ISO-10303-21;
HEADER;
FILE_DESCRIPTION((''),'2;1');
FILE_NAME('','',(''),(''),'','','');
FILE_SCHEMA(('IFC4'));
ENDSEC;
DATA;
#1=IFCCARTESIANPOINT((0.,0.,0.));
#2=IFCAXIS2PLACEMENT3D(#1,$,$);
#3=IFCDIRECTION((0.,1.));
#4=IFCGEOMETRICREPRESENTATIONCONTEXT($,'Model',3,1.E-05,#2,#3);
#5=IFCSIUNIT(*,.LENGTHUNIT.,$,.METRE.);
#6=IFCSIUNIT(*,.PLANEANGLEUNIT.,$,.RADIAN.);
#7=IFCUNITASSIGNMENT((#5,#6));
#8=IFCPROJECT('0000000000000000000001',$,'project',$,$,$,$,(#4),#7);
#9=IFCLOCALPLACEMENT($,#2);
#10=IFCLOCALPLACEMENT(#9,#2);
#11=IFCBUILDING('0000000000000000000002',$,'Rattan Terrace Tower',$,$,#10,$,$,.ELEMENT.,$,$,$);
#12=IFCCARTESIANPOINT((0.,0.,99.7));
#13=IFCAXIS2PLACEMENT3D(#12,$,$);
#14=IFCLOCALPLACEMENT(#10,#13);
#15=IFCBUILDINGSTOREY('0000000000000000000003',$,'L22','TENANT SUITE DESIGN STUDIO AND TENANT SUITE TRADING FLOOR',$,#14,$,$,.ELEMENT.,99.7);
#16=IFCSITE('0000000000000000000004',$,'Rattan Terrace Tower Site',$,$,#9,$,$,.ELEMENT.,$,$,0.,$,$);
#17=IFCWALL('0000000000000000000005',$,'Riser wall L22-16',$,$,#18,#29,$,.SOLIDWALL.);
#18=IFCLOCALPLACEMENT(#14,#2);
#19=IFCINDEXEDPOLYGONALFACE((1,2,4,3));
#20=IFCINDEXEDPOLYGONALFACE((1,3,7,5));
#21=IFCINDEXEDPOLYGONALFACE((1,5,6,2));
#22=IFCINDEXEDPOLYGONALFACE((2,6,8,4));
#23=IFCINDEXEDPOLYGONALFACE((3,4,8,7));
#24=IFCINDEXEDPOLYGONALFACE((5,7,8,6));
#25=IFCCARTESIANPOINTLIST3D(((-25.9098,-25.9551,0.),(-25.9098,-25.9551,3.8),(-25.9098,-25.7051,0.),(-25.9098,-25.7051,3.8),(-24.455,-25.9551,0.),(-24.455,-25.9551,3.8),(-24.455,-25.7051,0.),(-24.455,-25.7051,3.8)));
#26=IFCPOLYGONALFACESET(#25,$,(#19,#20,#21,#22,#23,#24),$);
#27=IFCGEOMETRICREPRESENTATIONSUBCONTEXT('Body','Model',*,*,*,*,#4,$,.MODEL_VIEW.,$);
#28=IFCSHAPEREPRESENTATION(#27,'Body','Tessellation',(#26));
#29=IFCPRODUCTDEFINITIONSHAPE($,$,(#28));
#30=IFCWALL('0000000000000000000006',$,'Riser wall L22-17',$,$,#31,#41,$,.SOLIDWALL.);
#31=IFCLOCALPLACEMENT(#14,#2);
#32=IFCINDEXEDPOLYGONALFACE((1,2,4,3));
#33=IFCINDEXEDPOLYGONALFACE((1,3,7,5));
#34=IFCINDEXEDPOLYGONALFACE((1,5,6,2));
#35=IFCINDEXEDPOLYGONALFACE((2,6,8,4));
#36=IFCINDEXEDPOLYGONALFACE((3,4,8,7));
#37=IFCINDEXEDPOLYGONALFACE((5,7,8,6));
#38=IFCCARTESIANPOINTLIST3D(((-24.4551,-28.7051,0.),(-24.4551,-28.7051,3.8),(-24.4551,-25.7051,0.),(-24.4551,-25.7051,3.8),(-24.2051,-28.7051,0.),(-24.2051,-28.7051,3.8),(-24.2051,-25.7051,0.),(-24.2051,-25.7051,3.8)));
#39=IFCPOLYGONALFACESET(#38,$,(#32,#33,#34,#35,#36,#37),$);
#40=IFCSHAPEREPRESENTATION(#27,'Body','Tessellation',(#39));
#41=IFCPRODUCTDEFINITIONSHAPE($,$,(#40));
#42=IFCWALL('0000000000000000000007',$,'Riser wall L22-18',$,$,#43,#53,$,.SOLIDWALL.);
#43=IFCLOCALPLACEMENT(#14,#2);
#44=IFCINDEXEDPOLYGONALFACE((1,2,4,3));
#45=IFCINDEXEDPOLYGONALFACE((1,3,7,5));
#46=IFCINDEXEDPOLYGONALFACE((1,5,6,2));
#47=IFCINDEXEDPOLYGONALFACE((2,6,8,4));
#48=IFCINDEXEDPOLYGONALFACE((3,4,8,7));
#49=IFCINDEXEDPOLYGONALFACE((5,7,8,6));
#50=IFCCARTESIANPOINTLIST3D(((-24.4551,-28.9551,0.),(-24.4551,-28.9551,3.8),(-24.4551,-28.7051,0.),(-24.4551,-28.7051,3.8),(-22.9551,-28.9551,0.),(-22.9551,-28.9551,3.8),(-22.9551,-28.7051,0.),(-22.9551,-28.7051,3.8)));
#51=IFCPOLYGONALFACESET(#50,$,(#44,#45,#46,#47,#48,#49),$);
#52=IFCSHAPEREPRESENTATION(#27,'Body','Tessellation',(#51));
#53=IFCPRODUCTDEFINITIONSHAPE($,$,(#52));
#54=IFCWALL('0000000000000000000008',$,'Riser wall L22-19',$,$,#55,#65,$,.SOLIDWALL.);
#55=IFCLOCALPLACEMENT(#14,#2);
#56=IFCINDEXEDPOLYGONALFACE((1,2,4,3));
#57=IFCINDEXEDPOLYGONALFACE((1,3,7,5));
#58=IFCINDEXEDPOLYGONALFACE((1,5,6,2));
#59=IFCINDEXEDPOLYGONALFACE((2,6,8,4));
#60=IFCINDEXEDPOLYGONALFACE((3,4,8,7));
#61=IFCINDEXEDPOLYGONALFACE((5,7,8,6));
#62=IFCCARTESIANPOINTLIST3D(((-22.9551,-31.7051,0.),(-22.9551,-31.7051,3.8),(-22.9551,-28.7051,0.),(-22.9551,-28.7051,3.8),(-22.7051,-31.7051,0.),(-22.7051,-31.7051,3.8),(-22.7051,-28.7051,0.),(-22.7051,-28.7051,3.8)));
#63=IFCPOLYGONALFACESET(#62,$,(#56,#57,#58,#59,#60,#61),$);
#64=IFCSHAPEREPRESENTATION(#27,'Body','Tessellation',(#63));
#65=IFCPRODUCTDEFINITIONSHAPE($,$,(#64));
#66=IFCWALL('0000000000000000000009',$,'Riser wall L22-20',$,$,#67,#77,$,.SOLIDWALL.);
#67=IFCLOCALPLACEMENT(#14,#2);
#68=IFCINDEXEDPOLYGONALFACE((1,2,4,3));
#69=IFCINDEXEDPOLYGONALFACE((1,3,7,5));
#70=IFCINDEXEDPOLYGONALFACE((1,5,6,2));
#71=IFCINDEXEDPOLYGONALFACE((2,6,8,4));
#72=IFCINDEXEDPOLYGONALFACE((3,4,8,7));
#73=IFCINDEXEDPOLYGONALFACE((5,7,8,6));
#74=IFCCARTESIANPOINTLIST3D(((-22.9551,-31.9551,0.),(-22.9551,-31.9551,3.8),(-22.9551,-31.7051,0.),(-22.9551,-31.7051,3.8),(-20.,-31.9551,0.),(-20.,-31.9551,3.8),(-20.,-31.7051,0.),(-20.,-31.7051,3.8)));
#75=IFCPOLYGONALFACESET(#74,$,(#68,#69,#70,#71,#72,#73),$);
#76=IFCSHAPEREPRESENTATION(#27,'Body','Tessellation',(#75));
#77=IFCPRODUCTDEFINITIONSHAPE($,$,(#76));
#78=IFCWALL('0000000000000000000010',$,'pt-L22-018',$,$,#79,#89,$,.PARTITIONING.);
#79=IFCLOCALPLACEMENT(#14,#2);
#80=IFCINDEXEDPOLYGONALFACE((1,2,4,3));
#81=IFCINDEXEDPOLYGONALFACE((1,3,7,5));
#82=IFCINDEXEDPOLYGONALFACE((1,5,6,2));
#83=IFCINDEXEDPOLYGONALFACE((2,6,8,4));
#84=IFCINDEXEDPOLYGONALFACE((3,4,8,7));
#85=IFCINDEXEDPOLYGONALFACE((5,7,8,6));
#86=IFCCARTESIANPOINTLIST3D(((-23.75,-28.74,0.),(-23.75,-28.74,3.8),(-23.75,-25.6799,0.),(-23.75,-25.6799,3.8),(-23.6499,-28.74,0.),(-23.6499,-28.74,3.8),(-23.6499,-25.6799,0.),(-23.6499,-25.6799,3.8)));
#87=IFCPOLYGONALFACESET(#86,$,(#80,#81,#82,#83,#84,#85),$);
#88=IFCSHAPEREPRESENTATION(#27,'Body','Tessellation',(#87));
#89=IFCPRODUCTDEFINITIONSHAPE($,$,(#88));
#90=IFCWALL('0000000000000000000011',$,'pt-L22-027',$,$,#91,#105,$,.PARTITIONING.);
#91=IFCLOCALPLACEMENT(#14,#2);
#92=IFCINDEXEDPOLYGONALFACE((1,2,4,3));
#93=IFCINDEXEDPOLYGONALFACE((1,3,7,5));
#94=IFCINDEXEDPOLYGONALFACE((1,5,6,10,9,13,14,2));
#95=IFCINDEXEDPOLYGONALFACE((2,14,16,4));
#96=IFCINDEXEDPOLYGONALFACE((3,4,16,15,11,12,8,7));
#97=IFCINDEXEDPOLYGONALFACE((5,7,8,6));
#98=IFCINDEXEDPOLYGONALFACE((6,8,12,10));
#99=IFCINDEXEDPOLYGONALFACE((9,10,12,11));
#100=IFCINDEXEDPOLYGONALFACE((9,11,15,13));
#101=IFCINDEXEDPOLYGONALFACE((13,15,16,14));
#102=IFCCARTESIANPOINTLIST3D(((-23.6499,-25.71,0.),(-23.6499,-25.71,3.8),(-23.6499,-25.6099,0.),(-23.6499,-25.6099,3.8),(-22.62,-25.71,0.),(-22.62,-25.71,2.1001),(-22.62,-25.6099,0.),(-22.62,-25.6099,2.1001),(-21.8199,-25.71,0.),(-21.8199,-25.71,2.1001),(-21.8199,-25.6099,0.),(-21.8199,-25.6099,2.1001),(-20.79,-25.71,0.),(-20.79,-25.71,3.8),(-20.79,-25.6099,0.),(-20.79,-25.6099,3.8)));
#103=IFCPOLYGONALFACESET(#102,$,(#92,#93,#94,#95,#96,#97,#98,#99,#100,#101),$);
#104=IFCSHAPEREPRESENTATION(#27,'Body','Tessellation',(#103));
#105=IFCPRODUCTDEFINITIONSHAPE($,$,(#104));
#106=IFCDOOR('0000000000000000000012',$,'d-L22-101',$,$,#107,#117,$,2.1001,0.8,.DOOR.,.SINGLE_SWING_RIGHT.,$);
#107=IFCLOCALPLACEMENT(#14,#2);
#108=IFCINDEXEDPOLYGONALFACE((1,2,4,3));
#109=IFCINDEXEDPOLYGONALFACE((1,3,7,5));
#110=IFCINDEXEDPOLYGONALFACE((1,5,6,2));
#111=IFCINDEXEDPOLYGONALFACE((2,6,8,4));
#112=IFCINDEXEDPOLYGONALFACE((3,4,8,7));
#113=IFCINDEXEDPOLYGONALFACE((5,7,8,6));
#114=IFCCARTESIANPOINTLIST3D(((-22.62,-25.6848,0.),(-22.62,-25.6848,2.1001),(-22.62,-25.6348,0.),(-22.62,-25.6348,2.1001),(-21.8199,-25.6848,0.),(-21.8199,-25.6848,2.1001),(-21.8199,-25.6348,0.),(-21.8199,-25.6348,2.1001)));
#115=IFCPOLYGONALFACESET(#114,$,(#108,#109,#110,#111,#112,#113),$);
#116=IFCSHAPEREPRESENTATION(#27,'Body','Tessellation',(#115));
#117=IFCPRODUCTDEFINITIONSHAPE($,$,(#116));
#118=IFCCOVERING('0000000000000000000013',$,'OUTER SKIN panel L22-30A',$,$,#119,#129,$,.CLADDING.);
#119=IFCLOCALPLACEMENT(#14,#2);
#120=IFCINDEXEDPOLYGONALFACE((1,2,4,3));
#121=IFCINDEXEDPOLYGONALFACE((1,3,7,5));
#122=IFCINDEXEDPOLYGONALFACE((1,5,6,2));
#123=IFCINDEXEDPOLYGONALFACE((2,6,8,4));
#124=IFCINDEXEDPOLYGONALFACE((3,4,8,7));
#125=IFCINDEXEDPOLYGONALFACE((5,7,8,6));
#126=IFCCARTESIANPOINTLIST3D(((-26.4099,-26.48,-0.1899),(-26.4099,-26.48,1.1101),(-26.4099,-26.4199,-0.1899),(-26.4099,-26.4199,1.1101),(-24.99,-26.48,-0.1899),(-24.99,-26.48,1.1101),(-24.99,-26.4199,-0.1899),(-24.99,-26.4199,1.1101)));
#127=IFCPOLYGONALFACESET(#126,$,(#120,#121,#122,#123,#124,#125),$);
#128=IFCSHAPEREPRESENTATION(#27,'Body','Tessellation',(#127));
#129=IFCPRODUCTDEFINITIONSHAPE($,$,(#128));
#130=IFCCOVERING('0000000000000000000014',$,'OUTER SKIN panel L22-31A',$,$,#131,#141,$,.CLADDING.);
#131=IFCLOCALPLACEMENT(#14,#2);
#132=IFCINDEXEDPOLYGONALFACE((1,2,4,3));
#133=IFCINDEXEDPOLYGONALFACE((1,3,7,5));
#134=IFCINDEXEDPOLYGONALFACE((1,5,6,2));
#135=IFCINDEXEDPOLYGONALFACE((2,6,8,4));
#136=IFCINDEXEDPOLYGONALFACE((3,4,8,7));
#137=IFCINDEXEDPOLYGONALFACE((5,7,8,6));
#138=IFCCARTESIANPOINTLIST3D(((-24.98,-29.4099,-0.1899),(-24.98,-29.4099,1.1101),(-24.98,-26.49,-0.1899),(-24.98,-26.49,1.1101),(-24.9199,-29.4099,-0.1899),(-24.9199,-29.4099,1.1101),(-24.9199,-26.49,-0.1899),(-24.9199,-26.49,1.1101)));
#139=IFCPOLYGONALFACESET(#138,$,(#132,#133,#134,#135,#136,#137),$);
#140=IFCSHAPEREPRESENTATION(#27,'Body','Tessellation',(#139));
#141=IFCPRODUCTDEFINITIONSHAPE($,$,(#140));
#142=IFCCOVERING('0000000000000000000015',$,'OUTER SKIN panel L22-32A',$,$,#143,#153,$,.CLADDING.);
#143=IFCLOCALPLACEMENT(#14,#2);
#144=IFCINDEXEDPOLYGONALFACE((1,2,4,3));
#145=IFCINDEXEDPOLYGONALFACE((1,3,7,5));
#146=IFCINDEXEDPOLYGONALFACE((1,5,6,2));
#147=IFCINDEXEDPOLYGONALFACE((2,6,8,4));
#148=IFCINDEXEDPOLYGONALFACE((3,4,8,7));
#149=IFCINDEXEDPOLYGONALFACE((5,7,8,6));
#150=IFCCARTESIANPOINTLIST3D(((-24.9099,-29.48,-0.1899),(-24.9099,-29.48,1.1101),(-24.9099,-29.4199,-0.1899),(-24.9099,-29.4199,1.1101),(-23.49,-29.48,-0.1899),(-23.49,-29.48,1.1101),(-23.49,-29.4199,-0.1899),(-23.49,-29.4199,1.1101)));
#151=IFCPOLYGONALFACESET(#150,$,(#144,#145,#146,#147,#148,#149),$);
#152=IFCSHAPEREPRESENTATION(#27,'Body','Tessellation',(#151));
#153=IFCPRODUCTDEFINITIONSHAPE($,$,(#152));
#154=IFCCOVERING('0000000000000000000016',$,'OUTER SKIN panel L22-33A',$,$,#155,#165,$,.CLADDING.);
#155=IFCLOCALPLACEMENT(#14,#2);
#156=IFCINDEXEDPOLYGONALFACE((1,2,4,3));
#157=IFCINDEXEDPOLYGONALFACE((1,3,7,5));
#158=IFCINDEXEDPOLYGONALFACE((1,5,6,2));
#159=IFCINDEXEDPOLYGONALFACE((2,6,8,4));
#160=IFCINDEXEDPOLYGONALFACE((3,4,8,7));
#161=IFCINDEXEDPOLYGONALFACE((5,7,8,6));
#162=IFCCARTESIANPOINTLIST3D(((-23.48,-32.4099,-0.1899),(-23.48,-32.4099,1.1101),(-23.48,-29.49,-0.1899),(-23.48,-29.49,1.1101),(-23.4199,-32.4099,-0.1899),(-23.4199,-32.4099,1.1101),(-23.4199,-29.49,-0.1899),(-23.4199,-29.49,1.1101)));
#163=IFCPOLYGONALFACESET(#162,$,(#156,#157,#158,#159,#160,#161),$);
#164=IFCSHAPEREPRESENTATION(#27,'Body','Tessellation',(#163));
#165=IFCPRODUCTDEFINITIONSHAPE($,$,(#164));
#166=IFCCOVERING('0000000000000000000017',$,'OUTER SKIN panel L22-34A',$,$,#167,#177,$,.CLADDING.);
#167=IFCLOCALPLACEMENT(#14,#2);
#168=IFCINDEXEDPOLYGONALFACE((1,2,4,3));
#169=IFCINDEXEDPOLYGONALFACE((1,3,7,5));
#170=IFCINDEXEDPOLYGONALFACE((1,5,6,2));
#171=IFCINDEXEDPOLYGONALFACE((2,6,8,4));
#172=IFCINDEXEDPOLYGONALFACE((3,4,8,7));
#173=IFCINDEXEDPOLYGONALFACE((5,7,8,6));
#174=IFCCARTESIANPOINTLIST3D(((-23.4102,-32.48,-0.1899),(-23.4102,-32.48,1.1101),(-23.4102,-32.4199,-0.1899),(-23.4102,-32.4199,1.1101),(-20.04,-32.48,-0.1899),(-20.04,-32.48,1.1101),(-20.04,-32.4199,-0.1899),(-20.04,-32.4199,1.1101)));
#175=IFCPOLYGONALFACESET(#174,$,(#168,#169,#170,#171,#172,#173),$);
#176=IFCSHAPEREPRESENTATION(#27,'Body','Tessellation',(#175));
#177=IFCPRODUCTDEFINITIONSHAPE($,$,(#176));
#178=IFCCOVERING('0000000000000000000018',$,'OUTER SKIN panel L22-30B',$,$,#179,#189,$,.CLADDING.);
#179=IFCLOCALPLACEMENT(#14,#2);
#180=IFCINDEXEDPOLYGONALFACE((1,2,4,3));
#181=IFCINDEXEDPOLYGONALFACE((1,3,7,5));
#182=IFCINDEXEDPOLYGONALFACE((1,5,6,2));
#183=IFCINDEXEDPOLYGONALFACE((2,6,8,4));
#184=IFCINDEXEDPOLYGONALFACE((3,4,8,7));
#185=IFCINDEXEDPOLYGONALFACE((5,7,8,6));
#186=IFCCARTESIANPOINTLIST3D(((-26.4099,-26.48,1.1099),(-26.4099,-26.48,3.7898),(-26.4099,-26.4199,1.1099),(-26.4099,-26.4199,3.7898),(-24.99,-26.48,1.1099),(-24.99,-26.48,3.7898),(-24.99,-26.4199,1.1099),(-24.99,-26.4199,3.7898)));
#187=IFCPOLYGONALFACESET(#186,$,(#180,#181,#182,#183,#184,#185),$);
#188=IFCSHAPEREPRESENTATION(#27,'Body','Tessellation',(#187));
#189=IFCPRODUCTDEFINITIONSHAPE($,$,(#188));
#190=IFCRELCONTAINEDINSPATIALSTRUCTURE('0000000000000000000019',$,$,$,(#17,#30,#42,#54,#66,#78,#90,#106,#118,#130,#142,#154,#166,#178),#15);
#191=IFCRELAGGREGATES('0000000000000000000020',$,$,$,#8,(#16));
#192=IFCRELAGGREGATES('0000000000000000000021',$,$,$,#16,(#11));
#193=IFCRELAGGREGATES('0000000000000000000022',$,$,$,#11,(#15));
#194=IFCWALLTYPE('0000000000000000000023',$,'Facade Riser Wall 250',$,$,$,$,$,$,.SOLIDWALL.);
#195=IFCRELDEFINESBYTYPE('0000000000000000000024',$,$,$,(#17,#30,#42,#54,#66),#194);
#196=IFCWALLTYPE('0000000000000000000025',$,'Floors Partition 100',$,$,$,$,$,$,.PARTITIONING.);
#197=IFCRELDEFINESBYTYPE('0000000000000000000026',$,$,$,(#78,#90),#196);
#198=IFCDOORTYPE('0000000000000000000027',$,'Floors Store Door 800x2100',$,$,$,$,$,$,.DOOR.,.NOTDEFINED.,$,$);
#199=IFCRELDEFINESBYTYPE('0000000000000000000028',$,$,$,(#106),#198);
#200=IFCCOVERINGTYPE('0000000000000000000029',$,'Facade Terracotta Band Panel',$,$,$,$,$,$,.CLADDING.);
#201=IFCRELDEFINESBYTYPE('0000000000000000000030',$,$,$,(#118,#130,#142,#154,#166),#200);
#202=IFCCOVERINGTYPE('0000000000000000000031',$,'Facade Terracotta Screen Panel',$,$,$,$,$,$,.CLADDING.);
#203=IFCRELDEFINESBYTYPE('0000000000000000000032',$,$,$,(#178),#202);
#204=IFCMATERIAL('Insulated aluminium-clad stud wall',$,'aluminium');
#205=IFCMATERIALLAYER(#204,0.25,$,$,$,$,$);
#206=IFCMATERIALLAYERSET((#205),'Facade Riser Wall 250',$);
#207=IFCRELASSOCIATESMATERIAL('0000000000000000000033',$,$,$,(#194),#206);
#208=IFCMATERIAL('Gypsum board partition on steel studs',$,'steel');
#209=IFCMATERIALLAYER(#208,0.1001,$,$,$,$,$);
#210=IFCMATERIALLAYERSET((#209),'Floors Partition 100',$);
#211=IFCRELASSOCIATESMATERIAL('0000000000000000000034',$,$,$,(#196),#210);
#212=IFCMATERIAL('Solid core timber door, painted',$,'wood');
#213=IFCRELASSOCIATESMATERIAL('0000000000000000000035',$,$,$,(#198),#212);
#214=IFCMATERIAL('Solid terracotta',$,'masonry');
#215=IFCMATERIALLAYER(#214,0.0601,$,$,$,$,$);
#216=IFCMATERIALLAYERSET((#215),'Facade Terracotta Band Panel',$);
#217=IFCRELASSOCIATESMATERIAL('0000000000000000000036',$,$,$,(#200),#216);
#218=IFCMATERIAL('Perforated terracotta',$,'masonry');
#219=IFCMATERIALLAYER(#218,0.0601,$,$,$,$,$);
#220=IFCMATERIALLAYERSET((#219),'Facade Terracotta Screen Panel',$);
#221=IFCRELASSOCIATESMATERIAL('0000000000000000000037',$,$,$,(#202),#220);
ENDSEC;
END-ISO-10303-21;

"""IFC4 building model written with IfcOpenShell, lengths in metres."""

from ifc_helpers import new_model, si_unit, direction, frame, frame_2d, origin, origin_2d, place, context, subcontext, project, spatial, rectangle, extrude, material, layer, layer_set, type_object, element, fill, save


model = new_model("IFC4")

# Units and contexts
model_context = context("Model", 3, precision=1e-05, world=origin(), true_north=direction((0.0, 1.0)))
body_context = subcontext(model_context, "Body", "Model", "MODEL_VIEW")
ifc_project = project(units=[si_unit("LENGTHUNIT", "METRE"), si_unit("PLANEANGLEUNIT", "RADIAN")], contexts=[model_context])

# Site, building, storey
site_placement = place(None, origin())
site = spatial("IfcSite", under=ifc_project, at=site_placement, Name="Rattan Terrace Tower Site", CompositionType="ELEMENT", RefElevation=0.0)
building_placement = place(site_placement, origin())
building = spatial("IfcBuilding", under=site, at=building_placement, Name="Rattan Terrace Tower", CompositionType="ELEMENT")
storey_placement = place(building_placement, frame((0.0, 0.0, 99.7)))
storey = spatial("IfcBuildingStorey", under=building, at=storey_placement, Name="L22", Description="TENANT SUITE DESIGN STUDIO AND TENANT SUITE TRADING FLOOR", CompositionType="ELEMENT", Elevation=99.7)

# Walls
ifc_material_1 = material(Name="Insulated aluminium-clad stud wall", Category="aluminium")
ifc_layer_1 = layer(ifc_material_1, 0.25)
ifc_layer_set_1 = layer_set([ifc_layer_1], Name="Facade Riser Wall 250")
wall_type_1 = type_object("IfcWallType", Name="Facade Riser Wall 250", PredefinedType="SOLIDWALL", material=ifc_layer_set_1)
wall_1_placement = place(storey_placement, frame((-25.9099, -25.8301, 0.0), z_axis=(0.0, 0.0, 1.0), x_axis=(1.0, 0.0, 0.0)))
element("IfcWall", 1, at=wall_1_placement, inside=storey, type_object=wall_type_1, Name="Riser wall L22-16", PredefinedType="SOLIDWALL", context=body_context, shape_type="SweptSolid", body=[
    extrude(rectangle(XDim=1.4548, YDim=0.25, at=frame_2d((0.7275, 0.0))), origin(), (0.0, 0.0, 1.0), 3.8),
])
wall_2_placement = place(storey_placement, frame((-24.3301, -25.7051, 0.0), z_axis=(0.0, 0.0, 1.0), x_axis=(0.0, -1.0, 0.0)))
element("IfcWall", 2, at=wall_2_placement, inside=storey, type_object=wall_type_1, Name="Riser wall L22-17", PredefinedType="SOLIDWALL", context=body_context, shape_type="SweptSolid", body=[
    extrude(rectangle(XDim=3.0, YDim=0.25, at=frame_2d((1.5, 0.0))), origin(), (0.0, 0.0, 1.0), 3.8),
])
wall_3_placement = place(storey_placement, frame((-24.4551, -28.8301, 0.0), z_axis=(0.0, 0.0, 1.0), x_axis=(1.0, 0.0, 0.0)))
element("IfcWall", 3, at=wall_3_placement, inside=storey, type_object=wall_type_1, Name="Riser wall L22-18", PredefinedType="SOLIDWALL", context=body_context, shape_type="SweptSolid", body=[
    extrude(rectangle(XDim=1.5, YDim=0.25, at=frame_2d((0.75, 0.0))), origin(), (0.0, 0.0, 1.0), 3.8),
])
wall_4_placement = place(storey_placement, frame((-22.8301, -28.7051, 0.0), z_axis=(0.0, 0.0, 1.0), x_axis=(0.0, -1.0, 0.0)))
element("IfcWall", 4, at=wall_4_placement, inside=storey, type_object=wall_type_1, Name="Riser wall L22-19", PredefinedType="SOLIDWALL", context=body_context, shape_type="SweptSolid", body=[
    extrude(rectangle(XDim=3.0, YDim=0.25, at=frame_2d((1.5, 0.0))), origin(), (0.0, 0.0, 1.0), 3.8),
])
wall_5_placement = place(storey_placement, frame((-22.9551, -31.8301, 0.0), z_axis=(0.0, 0.0, 1.0), x_axis=(1.0, 0.0, 0.0)))
element("IfcWall", 5, at=wall_5_placement, inside=storey, type_object=wall_type_1, Name="Riser wall L22-20", PredefinedType="SOLIDWALL", context=body_context, shape_type="SweptSolid", body=[
    extrude(rectangle(XDim=2.9551, YDim=0.25, at=frame_2d((1.4775, 0.0))), origin(), (0.0, 0.0, 1.0), 3.8),
])
ifc_material_2 = material(Name="Gypsum board partition on steel studs", Category="steel")
ifc_layer_2 = layer(ifc_material_2, 0.1001)
ifc_layer_set_2 = layer_set([ifc_layer_2], Name="Floors Partition 100")
wall_type_2 = type_object("IfcWallType", Name="Floors Partition 100", PredefinedType="PARTITIONING", material=ifc_layer_set_2)
wall_6_placement = place(storey_placement, frame((-23.7, -25.6799, 0.0), z_axis=(0.0, 0.0, 1.0), x_axis=(0.0, -1.0, 0.0)))
element("IfcWall", 6, at=wall_6_placement, inside=storey, type_object=wall_type_2, Name="pt-L22-018", PredefinedType="PARTITIONING", context=body_context, shape_type="SweptSolid", body=[
    extrude(rectangle(XDim=3.0601, YDim=0.1001, at=frame_2d((1.53, 0.0))), origin(), (0.0, 0.0, 1.0), 3.8),
])

# Wall, opening, door
wall_7_placement = place(storey_placement, frame((-20.79, -25.6599, 0.0), z_axis=(0.0, 0.0, 1.0), x_axis=(-1.0, 0.0, 0.0)))
wall_7 = element("IfcWall", 7, at=wall_7_placement, inside=storey, type_object=wall_type_2, Name="pt-L22-027", PredefinedType="PARTITIONING", context=body_context, shape_type="SweptSolid", body=[
    extrude(rectangle(XDim=2.8599, YDim=0.1001, at=frame_2d((1.4299, 0.0))), origin(), (0.0, 0.0, 1.0), 3.8),
])
opening_placement = place(wall_7_placement, frame((1.03, 0.0, 0.0)))
opening = element("IfcOpeningElement", 8, at=opening_placement, cuts=wall_7, PredefinedType="OPENING", context=body_context, shape_type="SweptSolid", body=[
    extrude(rectangle(XDim=0.8, YDim=2.1001, at=frame_2d((0.3999, 1.05))), frame((0.0, 0.0605, 0.0), z_axis=(0.0, -1.0, 0.0), x_axis=(1.0, 0.0, 0.0)), (0.0, 0.0, 1.0), 0.1211),
])
ifc_material_3 = material(Name="Solid core timber door, painted", Category="wood")
door_type = type_object("IfcDoorType", Name="Floors Store Door 800x2100", OperationType="NOTDEFINED", PredefinedType="DOOR", material=ifc_material_3)
door_placement = place(opening_placement, origin())
door = element("IfcDoor", 9, at=door_placement, inside=storey, type_object=door_type, Name="d-L22-101", OperationType="SINGLE_SWING_RIGHT", OverallHeight=2.1001, OverallWidth=0.8, PredefinedType="DOOR", context=body_context, shape_type="SweptSolid", body=[
    extrude(rectangle(XDim=0.8, YDim=2.1001, at=frame_2d((0.3999, 1.05))), frame((0.0, 0.0249, 0.0), z_axis=(0.0, -1.0, 0.0), x_axis=(1.0, 0.0, 0.0)), (0.0, 0.0, 1.0), 0.05),
])
fill(opening, door)

# Coverings
ifc_material_4 = material(Name="Solid terracotta", Category="masonry")
ifc_layer_3 = layer(ifc_material_4, 0.0601)
ifc_layer_set_3 = layer_set([ifc_layer_3], Name="Facade Terracotta Band Panel")
covering_type_1 = type_object("IfcCoveringType", Name="Facade Terracotta Band Panel", PredefinedType="CLADDING", material=ifc_layer_set_3)
covering_1_placement = place(storey_placement, frame((-25.7, -26.45, -0.1899), z_axis=(0.0, 0.0, 1.0), x_axis=(1.0, 0.0, 0.0)))
element("IfcCovering", 10, at=covering_1_placement, inside=storey, type_object=covering_type_1, Name="OUTER SKIN panel L22-30A", PredefinedType="CLADDING", context=body_context, shape_type="SweptSolid", body=[
    extrude(rectangle(XDim=1.4199, YDim=0.0601, at=origin_2d()), origin(), (0.0, 0.0, 1.0), 1.3),
])
covering_2_placement = place(storey_placement, frame((-24.95, -27.95, -0.1899), z_axis=(0.0, 0.0, 1.0), x_axis=(0.0, -1.0, 0.0)))
element("IfcCovering", 11, at=covering_2_placement, inside=storey, type_object=covering_type_1, Name="OUTER SKIN panel L22-31A", PredefinedType="CLADDING", context=body_context, shape_type="SweptSolid", body=[
    extrude(rectangle(XDim=2.9199, YDim=0.0601, at=origin_2d()), origin(), (0.0, 0.0, 1.0), 1.3),
])
covering_3_placement = place(storey_placement, frame((-24.2, -29.45, -0.1899), z_axis=(0.0, 0.0, 1.0), x_axis=(1.0, 0.0, 0.0)))
element("IfcCovering", 12, at=covering_3_placement, inside=storey, type_object=covering_type_1, Name="OUTER SKIN panel L22-32A", PredefinedType="CLADDING", context=body_context, shape_type="SweptSolid", body=[
    extrude(rectangle(XDim=1.4199, YDim=0.0601, at=origin_2d()), origin(), (0.0, 0.0, 1.0), 1.3),
])
covering_4_placement = place(storey_placement, frame((-23.45, -30.95, -0.1899), z_axis=(0.0, 0.0, 1.0), x_axis=(0.0, -1.0, 0.0)))
element("IfcCovering", 13, at=covering_4_placement, inside=storey, type_object=covering_type_1, Name="OUTER SKIN panel L22-33A", PredefinedType="CLADDING", context=body_context, shape_type="SweptSolid", body=[
    extrude(rectangle(XDim=2.9199, YDim=0.0601, at=origin_2d()), origin(), (0.0, 0.0, 1.0), 1.3),
])
covering_5_placement = place(storey_placement, frame((-21.7251, -32.45, -0.1899), z_axis=(0.0, 0.0, 1.0), x_axis=(1.0, 0.0, 0.0)))
element("IfcCovering", 14, at=covering_5_placement, inside=storey, type_object=covering_type_1, Name="OUTER SKIN panel L22-34A", PredefinedType="CLADDING", context=body_context, shape_type="SweptSolid", body=[
    extrude(rectangle(XDim=3.3701, YDim=0.0601, at=origin_2d()), origin(), (0.0, 0.0, 1.0), 1.3),
])
ifc_material_5 = material(Name="Perforated terracotta", Category="masonry")
ifc_layer_4 = layer(ifc_material_5, 0.0601)
ifc_layer_set_4 = layer_set([ifc_layer_4], Name="Facade Terracotta Screen Panel")
covering_type_2 = type_object("IfcCoveringType", Name="Facade Terracotta Screen Panel", PredefinedType="CLADDING", material=ifc_layer_set_4)
covering_6_placement = place(storey_placement, frame((-25.7, -26.45, 1.1099), z_axis=(0.0, 0.0, 1.0), x_axis=(1.0, 0.0, 0.0)))
element("IfcCovering", 15, at=covering_6_placement, inside=storey, type_object=covering_type_2, Name="OUTER SKIN panel L22-30B", PredefinedType="CLADDING", context=body_context, shape_type="SweptSolid", body=[
    extrude(rectangle(XDim=1.4199, YDim=0.0601, at=origin_2d()), origin(), (0.0, 0.0, 1.0), 2.6799),
])

save(model, "model.ifc")
